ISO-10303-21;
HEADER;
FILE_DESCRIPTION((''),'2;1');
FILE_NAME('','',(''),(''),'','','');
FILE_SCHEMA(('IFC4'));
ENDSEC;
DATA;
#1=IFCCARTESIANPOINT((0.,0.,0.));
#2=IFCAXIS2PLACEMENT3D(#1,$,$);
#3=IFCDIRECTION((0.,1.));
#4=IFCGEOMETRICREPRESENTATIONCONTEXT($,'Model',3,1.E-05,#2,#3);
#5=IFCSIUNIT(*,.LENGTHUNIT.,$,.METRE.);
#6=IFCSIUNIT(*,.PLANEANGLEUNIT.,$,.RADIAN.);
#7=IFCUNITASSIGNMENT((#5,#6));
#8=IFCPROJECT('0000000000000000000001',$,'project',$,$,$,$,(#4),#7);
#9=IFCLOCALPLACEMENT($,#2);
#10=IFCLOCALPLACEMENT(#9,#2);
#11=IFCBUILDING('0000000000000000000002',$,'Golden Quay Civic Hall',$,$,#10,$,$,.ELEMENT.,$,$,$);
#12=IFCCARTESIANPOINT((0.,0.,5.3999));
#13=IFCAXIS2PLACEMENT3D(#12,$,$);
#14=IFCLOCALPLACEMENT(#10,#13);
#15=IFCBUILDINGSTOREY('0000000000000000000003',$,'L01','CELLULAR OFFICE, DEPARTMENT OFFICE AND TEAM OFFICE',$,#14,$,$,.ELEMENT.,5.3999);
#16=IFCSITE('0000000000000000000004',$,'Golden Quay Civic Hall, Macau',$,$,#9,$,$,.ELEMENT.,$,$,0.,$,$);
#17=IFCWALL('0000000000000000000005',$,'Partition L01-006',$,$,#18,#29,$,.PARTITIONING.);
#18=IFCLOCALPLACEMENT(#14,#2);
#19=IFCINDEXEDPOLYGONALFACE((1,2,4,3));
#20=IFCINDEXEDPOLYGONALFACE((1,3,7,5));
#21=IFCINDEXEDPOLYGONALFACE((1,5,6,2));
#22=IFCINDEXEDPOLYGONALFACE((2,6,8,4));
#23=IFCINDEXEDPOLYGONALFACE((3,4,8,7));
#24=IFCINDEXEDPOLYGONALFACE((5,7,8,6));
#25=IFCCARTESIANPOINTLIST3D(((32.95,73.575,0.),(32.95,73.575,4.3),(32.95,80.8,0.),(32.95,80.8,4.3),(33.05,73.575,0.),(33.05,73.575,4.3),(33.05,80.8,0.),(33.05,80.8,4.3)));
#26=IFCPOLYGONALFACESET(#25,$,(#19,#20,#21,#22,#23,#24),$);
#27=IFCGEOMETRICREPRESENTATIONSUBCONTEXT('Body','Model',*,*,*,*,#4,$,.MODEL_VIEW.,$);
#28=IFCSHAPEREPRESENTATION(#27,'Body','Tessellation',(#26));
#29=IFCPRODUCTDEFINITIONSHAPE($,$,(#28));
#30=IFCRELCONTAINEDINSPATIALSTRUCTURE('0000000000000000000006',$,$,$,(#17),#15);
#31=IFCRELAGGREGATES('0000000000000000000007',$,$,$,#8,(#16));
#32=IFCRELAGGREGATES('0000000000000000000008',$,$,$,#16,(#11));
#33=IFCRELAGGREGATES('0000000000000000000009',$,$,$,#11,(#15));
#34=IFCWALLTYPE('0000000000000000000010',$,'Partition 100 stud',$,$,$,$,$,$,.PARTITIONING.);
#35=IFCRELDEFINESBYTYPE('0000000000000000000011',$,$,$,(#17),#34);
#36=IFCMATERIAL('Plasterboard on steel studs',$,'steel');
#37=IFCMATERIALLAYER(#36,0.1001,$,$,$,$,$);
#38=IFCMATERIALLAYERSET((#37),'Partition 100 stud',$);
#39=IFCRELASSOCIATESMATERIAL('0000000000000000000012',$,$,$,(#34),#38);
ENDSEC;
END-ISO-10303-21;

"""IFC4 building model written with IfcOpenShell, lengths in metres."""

from ifc_helpers import new_model, si_unit, direction, frame, frame_2d, origin, place, context, subcontext, project, spatial, rectangle, extrude, material, layer, layer_set, type_object, element, save


model = new_model("IFC4")

# Units and contexts
model_context = context("Model", 3, precision=1e-05, world=origin(), true_north=direction((0.0, 1.0)))
body_context = subcontext(model_context, "Body", "Model", "MODEL_VIEW")
ifc_project = project(units=[si_unit("LENGTHUNIT", "METRE"), si_unit("PLANEANGLEUNIT", "RADIAN")], contexts=[model_context])

# Site, building, storey
site_placement = place(None, origin())
site = spatial("IfcSite", under=ifc_project, at=site_placement, Name="Golden Quay Civic Hall, Macau", CompositionType="ELEMENT", RefElevation=0.0)
building_placement = place(site_placement, origin())
building = spatial("IfcBuilding", under=site, at=building_placement, Name="Golden Quay Civic Hall", CompositionType="ELEMENT")
storey_placement = place(building_placement, frame((0.0, 0.0, 5.3999)))
storey = spatial("IfcBuildingStorey", under=building, at=storey_placement, Name="L01", Description="CELLULAR OFFICE, DEPARTMENT OFFICE AND TEAM OFFICE", CompositionType="ELEMENT", Elevation=5.3999)

# Wall
ifc_material_1 = material(Name="Plasterboard on steel studs", Category="steel")
ifc_layer_1 = layer(ifc_material_1, 0.1001)
ifc_layer_set_1 = layer_set([ifc_layer_1], Name="Partition 100 stud")
wall_type_1 = type_object("IfcWallType", Name="Partition 100 stud", PredefinedType="PARTITIONING", material=ifc_layer_set_1)
for number, where, z_axis, x_axis, name in (
    (1, (33.0, 73.575, 0.0), (0.0, 0.0, 1.0), (0.0, 1.0, 0.0), "Partition L01-006"),
):
    element("IfcWall", number, at=place(storey_placement, frame(where, z_axis=z_axis, x_axis=x_axis)), inside=storey, type_object=wall_type_1, Name=name, PredefinedType="PARTITIONING", context=body_context, shape_type="SweptSolid", body=[
        extrude(rectangle(XDim=7.2251, YDim=0.1001, at=frame_2d((3.6125, 0.0))), origin(), (0.0, 0.0, 1.0), 4.3),
    ])

save(model, "model.ifc")
